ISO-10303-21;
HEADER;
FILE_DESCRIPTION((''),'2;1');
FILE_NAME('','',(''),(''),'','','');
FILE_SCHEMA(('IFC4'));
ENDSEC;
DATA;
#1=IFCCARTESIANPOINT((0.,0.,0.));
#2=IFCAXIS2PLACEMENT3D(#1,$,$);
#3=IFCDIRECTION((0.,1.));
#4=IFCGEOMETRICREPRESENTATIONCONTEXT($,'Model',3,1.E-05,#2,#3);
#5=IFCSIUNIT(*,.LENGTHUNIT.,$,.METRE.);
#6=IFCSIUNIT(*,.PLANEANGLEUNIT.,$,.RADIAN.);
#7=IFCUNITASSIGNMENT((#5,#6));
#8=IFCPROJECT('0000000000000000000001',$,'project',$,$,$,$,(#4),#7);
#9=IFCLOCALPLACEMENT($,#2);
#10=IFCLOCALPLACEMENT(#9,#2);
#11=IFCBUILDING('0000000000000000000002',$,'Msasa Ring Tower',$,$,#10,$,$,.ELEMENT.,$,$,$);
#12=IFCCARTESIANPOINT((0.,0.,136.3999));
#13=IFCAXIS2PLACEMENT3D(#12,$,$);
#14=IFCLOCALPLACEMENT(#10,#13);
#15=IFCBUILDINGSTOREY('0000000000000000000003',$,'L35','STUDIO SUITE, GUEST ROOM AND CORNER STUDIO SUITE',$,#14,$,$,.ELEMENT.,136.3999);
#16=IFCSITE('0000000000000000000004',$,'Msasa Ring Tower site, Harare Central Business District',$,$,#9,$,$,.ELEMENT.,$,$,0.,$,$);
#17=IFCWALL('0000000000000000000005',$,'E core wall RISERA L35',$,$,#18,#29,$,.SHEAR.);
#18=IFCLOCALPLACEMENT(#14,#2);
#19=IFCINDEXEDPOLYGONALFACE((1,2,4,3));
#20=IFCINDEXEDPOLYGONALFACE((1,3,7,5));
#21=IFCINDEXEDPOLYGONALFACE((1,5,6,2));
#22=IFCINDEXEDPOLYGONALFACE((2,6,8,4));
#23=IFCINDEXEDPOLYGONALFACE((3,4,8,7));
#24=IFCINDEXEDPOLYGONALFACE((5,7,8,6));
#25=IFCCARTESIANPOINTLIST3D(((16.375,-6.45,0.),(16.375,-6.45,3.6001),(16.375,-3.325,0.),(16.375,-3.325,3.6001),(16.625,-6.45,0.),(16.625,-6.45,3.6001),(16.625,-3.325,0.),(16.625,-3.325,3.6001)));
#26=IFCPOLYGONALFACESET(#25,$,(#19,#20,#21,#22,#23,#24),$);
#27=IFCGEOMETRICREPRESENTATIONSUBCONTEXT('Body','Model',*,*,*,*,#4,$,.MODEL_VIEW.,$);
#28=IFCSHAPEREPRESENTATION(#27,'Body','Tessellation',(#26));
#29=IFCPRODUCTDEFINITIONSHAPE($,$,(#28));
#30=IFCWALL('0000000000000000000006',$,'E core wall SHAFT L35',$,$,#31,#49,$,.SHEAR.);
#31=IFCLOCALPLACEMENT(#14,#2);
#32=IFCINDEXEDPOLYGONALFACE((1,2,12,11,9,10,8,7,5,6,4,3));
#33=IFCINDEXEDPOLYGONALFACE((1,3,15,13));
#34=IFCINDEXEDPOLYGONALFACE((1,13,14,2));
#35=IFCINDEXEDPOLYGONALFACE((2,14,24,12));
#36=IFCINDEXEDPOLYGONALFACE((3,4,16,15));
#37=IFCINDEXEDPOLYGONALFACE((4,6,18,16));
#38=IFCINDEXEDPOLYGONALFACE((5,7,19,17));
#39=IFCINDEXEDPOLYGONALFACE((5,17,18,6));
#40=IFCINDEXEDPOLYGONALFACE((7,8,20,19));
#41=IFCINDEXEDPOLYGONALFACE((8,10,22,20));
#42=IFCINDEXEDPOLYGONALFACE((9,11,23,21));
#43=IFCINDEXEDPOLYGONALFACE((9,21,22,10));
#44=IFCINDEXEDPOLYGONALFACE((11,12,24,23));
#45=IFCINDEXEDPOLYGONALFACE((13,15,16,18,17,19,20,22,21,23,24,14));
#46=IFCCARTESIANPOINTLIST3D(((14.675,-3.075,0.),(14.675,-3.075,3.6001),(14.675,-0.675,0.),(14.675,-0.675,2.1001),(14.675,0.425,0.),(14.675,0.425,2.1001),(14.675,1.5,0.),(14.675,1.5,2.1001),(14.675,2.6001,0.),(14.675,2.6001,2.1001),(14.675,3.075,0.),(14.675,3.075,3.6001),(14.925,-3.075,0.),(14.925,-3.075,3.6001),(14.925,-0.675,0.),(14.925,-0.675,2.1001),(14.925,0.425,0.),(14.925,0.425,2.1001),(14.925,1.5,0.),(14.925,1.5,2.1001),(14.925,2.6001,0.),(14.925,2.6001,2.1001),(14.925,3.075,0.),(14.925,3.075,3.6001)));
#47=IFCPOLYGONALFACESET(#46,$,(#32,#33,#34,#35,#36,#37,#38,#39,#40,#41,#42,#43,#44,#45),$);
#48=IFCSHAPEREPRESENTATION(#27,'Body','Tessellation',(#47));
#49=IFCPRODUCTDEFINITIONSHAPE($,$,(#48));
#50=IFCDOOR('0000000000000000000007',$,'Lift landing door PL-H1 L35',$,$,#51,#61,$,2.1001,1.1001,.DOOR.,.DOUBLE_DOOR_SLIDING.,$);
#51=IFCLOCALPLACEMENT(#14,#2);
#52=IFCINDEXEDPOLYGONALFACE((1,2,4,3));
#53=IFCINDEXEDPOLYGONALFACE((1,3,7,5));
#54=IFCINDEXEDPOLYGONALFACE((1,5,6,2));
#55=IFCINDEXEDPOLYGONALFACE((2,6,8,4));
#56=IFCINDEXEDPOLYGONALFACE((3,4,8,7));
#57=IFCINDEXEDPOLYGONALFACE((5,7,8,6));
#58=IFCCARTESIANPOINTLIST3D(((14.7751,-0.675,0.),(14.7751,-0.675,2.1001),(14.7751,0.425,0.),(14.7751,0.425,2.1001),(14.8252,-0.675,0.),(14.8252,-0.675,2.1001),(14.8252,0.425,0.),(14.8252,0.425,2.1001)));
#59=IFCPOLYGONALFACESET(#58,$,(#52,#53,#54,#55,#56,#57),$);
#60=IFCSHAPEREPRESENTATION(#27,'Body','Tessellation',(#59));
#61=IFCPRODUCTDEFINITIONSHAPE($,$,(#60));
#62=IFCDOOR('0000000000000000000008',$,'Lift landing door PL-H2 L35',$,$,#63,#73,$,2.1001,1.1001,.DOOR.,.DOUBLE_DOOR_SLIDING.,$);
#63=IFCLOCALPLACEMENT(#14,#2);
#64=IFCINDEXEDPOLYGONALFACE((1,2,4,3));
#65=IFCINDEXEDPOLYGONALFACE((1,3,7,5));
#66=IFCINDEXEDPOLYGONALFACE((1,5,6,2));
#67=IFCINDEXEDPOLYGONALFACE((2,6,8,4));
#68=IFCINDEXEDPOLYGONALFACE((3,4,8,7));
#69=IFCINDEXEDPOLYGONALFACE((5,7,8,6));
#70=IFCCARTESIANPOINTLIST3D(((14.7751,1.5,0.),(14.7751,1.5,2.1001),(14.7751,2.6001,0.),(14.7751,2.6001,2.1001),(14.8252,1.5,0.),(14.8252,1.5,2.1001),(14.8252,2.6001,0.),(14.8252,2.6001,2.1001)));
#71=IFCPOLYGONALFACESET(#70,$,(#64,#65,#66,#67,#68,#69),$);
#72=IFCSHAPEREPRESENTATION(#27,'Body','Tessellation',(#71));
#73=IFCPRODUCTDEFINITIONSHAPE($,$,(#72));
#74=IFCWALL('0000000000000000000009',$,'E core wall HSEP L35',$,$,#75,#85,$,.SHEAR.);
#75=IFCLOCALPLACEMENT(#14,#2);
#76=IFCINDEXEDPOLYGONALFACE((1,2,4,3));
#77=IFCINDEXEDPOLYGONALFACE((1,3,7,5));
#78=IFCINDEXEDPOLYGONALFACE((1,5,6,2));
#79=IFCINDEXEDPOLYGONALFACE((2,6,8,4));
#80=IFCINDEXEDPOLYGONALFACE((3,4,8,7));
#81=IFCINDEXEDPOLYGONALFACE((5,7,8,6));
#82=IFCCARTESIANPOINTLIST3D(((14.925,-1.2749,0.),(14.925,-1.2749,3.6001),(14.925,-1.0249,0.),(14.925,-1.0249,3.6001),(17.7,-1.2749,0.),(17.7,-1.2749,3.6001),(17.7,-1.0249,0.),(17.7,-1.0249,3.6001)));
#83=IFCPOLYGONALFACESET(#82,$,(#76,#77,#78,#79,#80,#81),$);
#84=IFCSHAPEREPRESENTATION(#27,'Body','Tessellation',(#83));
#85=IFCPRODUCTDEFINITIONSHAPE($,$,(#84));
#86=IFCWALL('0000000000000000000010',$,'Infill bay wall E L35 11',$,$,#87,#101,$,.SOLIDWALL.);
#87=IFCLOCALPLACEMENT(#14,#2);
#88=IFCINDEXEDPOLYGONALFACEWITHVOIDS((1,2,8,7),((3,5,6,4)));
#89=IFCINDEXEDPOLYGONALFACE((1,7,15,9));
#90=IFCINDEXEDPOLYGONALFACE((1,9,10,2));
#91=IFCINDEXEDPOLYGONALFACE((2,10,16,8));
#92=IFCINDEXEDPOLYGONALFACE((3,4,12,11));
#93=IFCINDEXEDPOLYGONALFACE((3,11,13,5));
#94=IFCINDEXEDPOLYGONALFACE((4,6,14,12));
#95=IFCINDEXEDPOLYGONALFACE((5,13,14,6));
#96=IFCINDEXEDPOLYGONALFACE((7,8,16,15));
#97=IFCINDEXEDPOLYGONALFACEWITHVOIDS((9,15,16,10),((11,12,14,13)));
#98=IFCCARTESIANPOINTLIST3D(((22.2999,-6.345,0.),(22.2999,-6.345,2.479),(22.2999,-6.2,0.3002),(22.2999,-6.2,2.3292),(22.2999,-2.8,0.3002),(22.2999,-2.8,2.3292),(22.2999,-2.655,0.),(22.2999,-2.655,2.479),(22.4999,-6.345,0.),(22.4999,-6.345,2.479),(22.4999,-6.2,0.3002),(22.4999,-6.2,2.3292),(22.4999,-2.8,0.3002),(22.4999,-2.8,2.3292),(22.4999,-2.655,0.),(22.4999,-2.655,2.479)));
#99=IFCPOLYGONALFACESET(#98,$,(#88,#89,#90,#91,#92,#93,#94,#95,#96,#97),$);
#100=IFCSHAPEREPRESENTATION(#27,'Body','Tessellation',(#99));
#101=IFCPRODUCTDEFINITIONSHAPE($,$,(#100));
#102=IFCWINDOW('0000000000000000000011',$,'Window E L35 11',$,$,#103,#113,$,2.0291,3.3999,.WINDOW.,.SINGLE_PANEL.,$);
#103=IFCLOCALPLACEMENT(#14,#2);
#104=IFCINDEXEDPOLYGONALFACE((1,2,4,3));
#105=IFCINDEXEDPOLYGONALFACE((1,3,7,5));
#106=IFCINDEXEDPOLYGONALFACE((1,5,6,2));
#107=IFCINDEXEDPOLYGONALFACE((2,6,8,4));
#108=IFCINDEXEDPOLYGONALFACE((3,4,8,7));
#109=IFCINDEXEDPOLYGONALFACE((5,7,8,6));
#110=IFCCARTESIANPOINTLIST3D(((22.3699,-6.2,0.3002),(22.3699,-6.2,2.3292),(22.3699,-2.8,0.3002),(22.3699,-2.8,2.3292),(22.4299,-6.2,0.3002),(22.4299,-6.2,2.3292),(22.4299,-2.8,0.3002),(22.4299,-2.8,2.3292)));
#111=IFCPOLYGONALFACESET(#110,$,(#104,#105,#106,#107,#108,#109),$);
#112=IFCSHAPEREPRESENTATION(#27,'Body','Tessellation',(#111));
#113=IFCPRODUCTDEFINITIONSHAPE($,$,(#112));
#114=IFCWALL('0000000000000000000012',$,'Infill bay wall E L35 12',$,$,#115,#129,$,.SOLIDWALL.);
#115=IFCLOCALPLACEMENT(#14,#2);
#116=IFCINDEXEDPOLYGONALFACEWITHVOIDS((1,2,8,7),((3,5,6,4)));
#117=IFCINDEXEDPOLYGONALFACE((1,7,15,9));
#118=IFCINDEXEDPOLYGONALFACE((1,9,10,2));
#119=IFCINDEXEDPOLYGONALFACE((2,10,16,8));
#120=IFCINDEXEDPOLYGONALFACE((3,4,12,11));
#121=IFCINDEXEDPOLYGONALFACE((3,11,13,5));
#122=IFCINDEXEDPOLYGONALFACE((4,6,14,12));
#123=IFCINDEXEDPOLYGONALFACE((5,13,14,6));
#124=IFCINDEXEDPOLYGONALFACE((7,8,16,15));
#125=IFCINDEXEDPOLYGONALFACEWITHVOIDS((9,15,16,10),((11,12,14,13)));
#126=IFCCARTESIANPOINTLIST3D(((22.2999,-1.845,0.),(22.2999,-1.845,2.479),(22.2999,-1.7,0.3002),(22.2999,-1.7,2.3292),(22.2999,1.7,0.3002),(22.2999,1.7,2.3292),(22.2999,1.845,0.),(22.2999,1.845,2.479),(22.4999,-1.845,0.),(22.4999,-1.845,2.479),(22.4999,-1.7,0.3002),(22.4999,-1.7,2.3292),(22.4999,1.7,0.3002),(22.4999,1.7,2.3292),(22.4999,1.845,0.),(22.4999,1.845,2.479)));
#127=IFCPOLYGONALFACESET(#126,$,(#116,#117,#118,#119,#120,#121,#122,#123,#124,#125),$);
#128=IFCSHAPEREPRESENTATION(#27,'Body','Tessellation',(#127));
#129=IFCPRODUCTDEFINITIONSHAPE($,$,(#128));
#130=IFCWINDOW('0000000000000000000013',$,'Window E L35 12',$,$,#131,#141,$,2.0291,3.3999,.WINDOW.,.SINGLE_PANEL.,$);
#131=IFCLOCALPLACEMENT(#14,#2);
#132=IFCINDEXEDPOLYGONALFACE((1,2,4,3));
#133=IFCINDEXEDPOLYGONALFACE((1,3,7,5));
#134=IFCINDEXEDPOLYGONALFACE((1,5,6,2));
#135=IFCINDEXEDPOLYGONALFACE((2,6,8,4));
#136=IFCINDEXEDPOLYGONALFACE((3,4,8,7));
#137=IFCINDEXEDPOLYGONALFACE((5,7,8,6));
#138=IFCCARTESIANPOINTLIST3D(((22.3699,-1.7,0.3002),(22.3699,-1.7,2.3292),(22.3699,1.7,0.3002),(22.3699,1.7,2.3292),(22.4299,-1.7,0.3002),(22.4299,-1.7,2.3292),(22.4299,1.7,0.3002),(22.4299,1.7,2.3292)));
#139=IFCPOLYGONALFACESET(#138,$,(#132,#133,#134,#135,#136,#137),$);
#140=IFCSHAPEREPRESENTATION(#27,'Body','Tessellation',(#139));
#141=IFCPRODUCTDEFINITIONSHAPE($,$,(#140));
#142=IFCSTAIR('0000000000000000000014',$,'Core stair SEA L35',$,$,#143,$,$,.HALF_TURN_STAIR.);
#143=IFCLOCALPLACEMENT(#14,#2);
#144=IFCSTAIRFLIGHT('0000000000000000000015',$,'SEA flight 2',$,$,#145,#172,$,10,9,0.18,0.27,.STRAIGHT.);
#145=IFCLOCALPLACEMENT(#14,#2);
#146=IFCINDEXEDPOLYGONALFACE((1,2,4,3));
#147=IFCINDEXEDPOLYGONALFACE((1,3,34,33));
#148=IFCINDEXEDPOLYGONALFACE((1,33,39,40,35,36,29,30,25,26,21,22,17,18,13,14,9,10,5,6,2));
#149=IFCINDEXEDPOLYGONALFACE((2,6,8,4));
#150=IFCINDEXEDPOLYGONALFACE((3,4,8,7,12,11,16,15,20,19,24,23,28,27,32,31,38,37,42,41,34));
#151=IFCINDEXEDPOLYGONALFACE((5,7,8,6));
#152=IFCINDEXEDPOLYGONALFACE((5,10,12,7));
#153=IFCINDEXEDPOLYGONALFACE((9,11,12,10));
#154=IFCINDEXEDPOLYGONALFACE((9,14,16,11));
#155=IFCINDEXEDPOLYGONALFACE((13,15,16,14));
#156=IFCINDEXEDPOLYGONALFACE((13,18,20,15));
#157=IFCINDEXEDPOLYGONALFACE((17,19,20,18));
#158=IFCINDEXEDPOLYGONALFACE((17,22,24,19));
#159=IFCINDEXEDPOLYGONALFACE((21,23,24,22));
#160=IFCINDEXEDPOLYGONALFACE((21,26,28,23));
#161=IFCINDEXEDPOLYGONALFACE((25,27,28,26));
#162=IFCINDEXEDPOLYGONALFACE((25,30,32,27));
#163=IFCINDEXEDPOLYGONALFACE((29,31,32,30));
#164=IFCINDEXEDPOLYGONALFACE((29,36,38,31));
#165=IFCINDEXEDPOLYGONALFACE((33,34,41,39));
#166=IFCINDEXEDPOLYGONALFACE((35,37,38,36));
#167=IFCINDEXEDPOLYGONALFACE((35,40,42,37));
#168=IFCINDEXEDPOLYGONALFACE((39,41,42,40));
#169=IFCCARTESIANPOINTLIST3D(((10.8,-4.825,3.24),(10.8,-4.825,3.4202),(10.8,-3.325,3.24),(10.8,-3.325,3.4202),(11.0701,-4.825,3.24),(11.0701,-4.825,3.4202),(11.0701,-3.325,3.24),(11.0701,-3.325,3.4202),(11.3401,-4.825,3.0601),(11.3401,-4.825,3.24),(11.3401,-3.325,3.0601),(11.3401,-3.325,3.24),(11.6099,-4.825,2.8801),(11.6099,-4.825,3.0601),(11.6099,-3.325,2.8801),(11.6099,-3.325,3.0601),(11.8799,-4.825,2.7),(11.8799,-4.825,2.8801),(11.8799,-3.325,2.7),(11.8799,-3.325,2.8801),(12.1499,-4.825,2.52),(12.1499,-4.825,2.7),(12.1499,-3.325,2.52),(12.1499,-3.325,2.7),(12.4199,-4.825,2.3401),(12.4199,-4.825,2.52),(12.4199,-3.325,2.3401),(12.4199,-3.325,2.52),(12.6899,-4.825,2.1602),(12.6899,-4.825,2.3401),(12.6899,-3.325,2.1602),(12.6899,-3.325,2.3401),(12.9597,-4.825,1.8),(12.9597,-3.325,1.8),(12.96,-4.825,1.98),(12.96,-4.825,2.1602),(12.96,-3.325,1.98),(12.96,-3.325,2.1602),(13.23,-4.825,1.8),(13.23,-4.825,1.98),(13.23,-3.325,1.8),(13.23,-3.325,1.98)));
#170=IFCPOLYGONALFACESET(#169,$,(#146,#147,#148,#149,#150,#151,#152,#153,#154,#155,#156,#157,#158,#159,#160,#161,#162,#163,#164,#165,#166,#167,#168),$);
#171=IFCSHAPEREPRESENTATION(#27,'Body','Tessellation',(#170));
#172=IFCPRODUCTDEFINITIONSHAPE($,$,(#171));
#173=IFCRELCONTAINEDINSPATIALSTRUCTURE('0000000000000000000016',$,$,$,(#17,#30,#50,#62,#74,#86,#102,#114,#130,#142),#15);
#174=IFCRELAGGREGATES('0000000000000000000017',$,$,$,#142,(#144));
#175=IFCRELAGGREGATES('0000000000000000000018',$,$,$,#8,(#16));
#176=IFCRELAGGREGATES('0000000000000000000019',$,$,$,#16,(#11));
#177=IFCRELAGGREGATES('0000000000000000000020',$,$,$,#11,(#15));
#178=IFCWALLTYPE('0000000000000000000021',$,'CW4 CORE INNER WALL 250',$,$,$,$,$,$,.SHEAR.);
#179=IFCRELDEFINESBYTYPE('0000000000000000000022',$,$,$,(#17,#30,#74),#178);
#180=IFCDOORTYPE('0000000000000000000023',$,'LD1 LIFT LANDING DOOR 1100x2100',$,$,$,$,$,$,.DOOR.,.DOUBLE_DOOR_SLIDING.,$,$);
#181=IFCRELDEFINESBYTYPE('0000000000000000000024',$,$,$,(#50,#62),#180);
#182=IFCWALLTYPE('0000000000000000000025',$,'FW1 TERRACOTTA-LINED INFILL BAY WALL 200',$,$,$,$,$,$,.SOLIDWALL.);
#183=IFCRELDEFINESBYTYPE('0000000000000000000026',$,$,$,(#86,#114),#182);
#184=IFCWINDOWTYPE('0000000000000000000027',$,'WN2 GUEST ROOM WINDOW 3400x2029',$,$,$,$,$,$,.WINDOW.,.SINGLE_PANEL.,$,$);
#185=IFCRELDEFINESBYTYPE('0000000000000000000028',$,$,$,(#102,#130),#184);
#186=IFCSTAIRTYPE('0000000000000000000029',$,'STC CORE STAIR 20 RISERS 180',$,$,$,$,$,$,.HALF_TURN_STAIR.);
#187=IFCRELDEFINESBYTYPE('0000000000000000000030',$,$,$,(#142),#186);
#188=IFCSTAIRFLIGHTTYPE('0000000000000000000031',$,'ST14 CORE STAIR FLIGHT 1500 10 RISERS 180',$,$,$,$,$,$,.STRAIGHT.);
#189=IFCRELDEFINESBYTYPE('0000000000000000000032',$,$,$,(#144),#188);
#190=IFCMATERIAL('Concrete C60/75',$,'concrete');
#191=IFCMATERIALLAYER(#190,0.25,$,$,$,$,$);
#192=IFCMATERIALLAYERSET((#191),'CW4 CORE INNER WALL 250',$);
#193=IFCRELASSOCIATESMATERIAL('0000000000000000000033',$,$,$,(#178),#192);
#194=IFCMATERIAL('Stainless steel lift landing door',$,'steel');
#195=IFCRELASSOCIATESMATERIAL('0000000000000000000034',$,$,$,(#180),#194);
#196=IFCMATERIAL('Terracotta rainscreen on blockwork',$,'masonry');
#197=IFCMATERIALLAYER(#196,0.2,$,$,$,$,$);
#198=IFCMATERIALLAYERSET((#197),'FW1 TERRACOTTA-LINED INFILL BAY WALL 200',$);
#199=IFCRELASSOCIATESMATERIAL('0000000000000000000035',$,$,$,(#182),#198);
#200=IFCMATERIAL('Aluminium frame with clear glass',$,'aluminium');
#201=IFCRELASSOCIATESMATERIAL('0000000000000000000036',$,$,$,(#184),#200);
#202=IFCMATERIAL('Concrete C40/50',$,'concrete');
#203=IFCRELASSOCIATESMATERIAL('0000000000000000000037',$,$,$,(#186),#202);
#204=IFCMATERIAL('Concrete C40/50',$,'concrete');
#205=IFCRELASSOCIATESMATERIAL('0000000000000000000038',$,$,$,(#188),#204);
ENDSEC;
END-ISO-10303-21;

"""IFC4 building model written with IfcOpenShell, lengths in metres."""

from ifc_helpers import new_model, si_unit, direction, frame, frame_2d, origin, place, context, subcontext, project, spatial, polyline, rectangle, outline, extrude, material, layer, layer_set, type_object, element, fill, aggregate, save


model = new_model("IFC4")

# Units and contexts
model_context = context("Model", 3, precision=1e-05, world=origin(), true_north=direction((0.0, 1.0)))
body_context = subcontext(model_context, "Body", "Model", "MODEL_VIEW")
ifc_project = project(units=[si_unit("LENGTHUNIT", "METRE"), si_unit("PLANEANGLEUNIT", "RADIAN")], contexts=[model_context])

# Site, building, storey
site_placement = place(None, origin())
site = spatial("IfcSite", under=ifc_project, at=site_placement, Name="Msasa Ring Tower site, Harare Central Business District", CompositionType="ELEMENT", RefElevation=0.0)
building_placement = place(site_placement, origin())
building = spatial("IfcBuilding", under=site, at=building_placement, Name="Msasa Ring Tower", CompositionType="ELEMENT")
storey_placement = place(building_placement, frame((0.0, 0.0, 136.3999)))
storey = spatial("IfcBuildingStorey", under=building, at=storey_placement, Name="L35", Description="STUDIO SUITE, GUEST ROOM AND CORNER STUDIO SUITE", CompositionType="ELEMENT", Elevation=136.3999)

# Wall
ifc_material_1 = material(Name="Concrete C60/75", Category="concrete")
ifc_layer_1 = layer(ifc_material_1, 0.25)
ifc_layer_set_1 = layer_set([ifc_layer_1], Name="CW4 CORE INNER WALL 250")
wall_type_1 = type_object("IfcWallType", Name="CW4 CORE INNER WALL 250", PredefinedType="SHEAR", material=ifc_layer_set_1)
wall_1_placement = place(storey_placement, frame((16.5, -6.45, 0.0), z_axis=(0.0, 0.0, 1.0), x_axis=(0.0, 1.0, 0.0)))
element("IfcWall", 1, at=wall_1_placement, inside=storey, type_object=wall_type_1, Name="E core wall RISERA L35", PredefinedType="SHEAR", context=body_context, shape_type="SweptSolid", body=[
    extrude(rectangle(XDim=3.125, YDim=0.25, at=frame_2d((1.5625, 0.0))), origin(), (0.0, 0.0, 1.0), 3.6001),
])

# Wall, openings, doors
wall_2_placement = place(storey_placement, frame((14.8, -3.075, 0.0), z_axis=(0.0, 0.0, 1.0), x_axis=(0.0, 1.0, 0.0)))
wall_2 = element("IfcWall", 2, at=wall_2_placement, inside=storey, type_object=wall_type_1, Name="E core wall SHAFT L35", PredefinedType="SHEAR", context=body_context, shape_type="SweptSolid", body=[
    extrude(rectangle(XDim=6.1499, YDim=0.25, at=frame_2d((3.075, 0.0))), origin(), (0.0, 0.0, 1.0), 3.6001),
])
opening_1_placement = place(wall_2_placement, frame((2.3999, 0.0, 0.0)))
opening_1 = element("IfcOpeningElement", 3, at=opening_1_placement, cuts=wall_2, PredefinedType="OPENING", context=body_context, shape_type="SweptSolid", body=[
    extrude(rectangle(XDim=1.1001, YDim=2.1001, at=frame_2d((0.55, 1.05))), frame((0.0, 0.135, 0.0), z_axis=(0.0, -1.0, 0.0), x_axis=(1.0, 0.0, 0.0)), (0.0, 0.0, 1.0), 0.27),
])
opening_2_placement = place(wall_2_placement, frame((4.575, 0.0, 0.0)))
opening_2 = element("IfcOpeningElement", 4, at=opening_2_placement, cuts=wall_2, PredefinedType="OPENING", context=body_context, shape_type="SweptSolid", body=[
    extrude(rectangle(XDim=1.1001, YDim=2.1001, at=frame_2d((0.55, 1.05))), frame((0.0, 0.135, 0.0), z_axis=(0.0, -1.0, 0.0), x_axis=(1.0, 0.0, 0.0)), (0.0, 0.0, 1.0), 0.27),
])
ifc_material_2 = material(Name="Stainless steel lift landing door", Category="steel")
door_type = type_object("IfcDoorType", Name="LD1 LIFT LANDING DOOR 1100x2100", OperationType="DOUBLE_DOOR_SLIDING", PredefinedType="DOOR", material=ifc_material_2)
door_1_placement = place(opening_1_placement, origin())
door_1 = element("IfcDoor", 5, at=door_1_placement, inside=storey, type_object=door_type, Name="Lift landing door PL-H1 L35", OperationType="DOUBLE_DOOR_SLIDING", OverallHeight=2.1001, OverallWidth=1.1001, PredefinedType="DOOR", context=body_context, shape_type="SweptSolid", body=[
    extrude(rectangle(XDim=1.1001, YDim=2.1001, at=frame_2d((0.55, 1.05))), frame((0.0, 0.0249, 0.0), z_axis=(0.0, -1.0, 0.0), x_axis=(1.0, 0.0, 0.0)), (0.0, 0.0, 1.0), 0.05),
])
fill(opening_1, door_1)
door_2_placement = place(opening_2_placement, origin())
door_2 = element("IfcDoor", 6, at=door_2_placement, inside=storey, type_object=door_type, Name="Lift landing door PL-H2 L35", OperationType="DOUBLE_DOOR_SLIDING", OverallHeight=2.1001, OverallWidth=1.1001, PredefinedType="DOOR", context=body_context, shape_type="SweptSolid", body=[
    extrude(rectangle(XDim=1.1001, YDim=2.1001, at=frame_2d((0.55, 1.05))), frame((0.0, 0.0249, 0.0), z_axis=(0.0, -1.0, 0.0), x_axis=(1.0, 0.0, 0.0)), (0.0, 0.0, 1.0), 0.05),
])
fill(opening_2, door_2)

# Wall
wall_3_placement = place(storey_placement, frame((14.925, -1.1499, 0.0), z_axis=(0.0, 0.0, 1.0), x_axis=(1.0, 0.0, 0.0)))
element("IfcWall", 7, at=wall_3_placement, inside=storey, type_object=wall_type_1, Name="E core wall HSEP L35", PredefinedType="SHEAR", context=body_context, shape_type="SweptSolid", body=[
    extrude(rectangle(XDim=2.7749, YDim=0.25, at=frame_2d((1.3875, 0.0))), origin(), (0.0, 0.0, 1.0), 3.6001),
])

# Walls, openings, windows
ifc_material_3 = material(Name="Terracotta rainscreen on blockwork", Category="masonry")
ifc_layer_2 = layer(ifc_material_3, 0.2)
ifc_layer_set_2 = layer_set([ifc_layer_2], Name="FW1 TERRACOTTA-LINED INFILL BAY WALL 200")
wall_type_2 = type_object("IfcWallType", Name="FW1 TERRACOTTA-LINED INFILL BAY WALL 200", PredefinedType="SOLIDWALL", material=ifc_layer_set_2)
wall_4_placement = place(storey_placement, frame((22.3999, -6.345, 0.0), z_axis=(0.0, 0.0, 1.0), x_axis=(0.0, 1.0, 0.0)))
wall_4 = element("IfcWall", 8, at=wall_4_placement, inside=storey, type_object=wall_type_2, Name="Infill bay wall E L35 11", PredefinedType="SOLIDWALL", context=body_context, shape_type="SweptSolid", body=[
    extrude(rectangle(XDim=3.6899, YDim=0.2, at=frame_2d((1.845, 0.0))), origin(), (0.0, 0.0, 1.0), 2.479),
])
opening_3_placement = place(wall_4_placement, frame((0.145, 0.0, 0.3)))
opening_3 = element("IfcOpeningElement", 9, at=opening_3_placement, cuts=wall_4, PredefinedType="OPENING", context=body_context, shape_type="SweptSolid", body=[
    extrude(rectangle(XDim=3.3999, YDim=2.0291, at=frame_2d((1.7, 1.0146))), frame((0.0, 0.1099, 0.0), z_axis=(0.0, -1.0, 0.0), x_axis=(1.0, 0.0, 0.0)), (0.0, 0.0, 1.0), 0.22),
])
ifc_material_4 = material(Name="Aluminium frame with clear glass", Category="aluminium")
window_type = type_object("IfcWindowType", Name="WN2 GUEST ROOM WINDOW 3400x2029", PartitioningType="SINGLE_PANEL", PredefinedType="WINDOW", material=ifc_material_4)
window_1_placement = place(opening_3_placement, origin())
window_1 = element("IfcWindow", 10, at=window_1_placement, inside=storey, type_object=window_type, Name="Window E L35 11", OverallHeight=2.0291, OverallWidth=3.3999, PartitioningType="SINGLE_PANEL", PredefinedType="WINDOW", context=body_context, shape_type="SweptSolid", body=[
    extrude(rectangle(XDim=3.3999, YDim=2.0291, at=frame_2d((1.7, 1.0146))), frame((0.0, 0.03, 0.0), z_axis=(0.0, -1.0, 0.0), x_axis=(1.0, 0.0, 0.0)), (0.0, 0.0, 1.0), 0.0601),
])
fill(opening_3, window_1)
wall_5_placement = place(storey_placement, frame((22.3999, -1.845, 0.0), z_axis=(0.0, 0.0, 1.0), x_axis=(0.0, 1.0, 0.0)))
wall_5 = element("IfcWall", 11, at=wall_5_placement, inside=storey, type_object=wall_type_2, Name="Infill bay wall E L35 12", PredefinedType="SOLIDWALL", context=body_context, shape_type="SweptSolid", body=[
    extrude(rectangle(XDim=3.6899, YDim=0.2, at=frame_2d((1.845, 0.0))), origin(), (0.0, 0.0, 1.0), 2.479),
])
opening_4_placement = place(wall_5_placement, frame((0.145, 0.0, 0.3)))
opening_4 = element("IfcOpeningElement", 12, at=opening_4_placement, cuts=wall_5, PredefinedType="OPENING", context=body_context, shape_type="SweptSolid", body=[
    extrude(rectangle(XDim=3.3999, YDim=2.0291, at=frame_2d((1.7, 1.0146))), frame((0.0, 0.1099, 0.0), z_axis=(0.0, -1.0, 0.0), x_axis=(1.0, 0.0, 0.0)), (0.0, 0.0, 1.0), 0.22),
])
window_2_placement = place(opening_4_placement, origin())
window_2 = element("IfcWindow", 13, at=window_2_placement, inside=storey, type_object=window_type, Name="Window E L35 12", OverallHeight=2.0291, OverallWidth=3.3999, PartitioningType="SINGLE_PANEL", PredefinedType="WINDOW", context=body_context, shape_type="SweptSolid", body=[
    extrude(rectangle(XDim=3.3999, YDim=2.0291, at=frame_2d((1.7, 1.0146))), frame((0.0, 0.03, 0.0), z_axis=(0.0, -1.0, 0.0), x_axis=(1.0, 0.0, 0.0)), (0.0, 0.0, 1.0), 0.0601),
])
fill(opening_4, window_2)

# Stair, stair flight
ifc_material_5 = material(Name="Concrete C40/50", Category="concrete")
stair_type = type_object("IfcStairType", Name="STC CORE STAIR 20 RISERS 180", PredefinedType="HALF_TURN_STAIR", material=ifc_material_5)
stair_placement = place(storey_placement, origin())
stair = element("IfcStair", 14, at=stair_placement, inside=storey, type_object=stair_type, Name="Core stair SEA L35", PredefinedType="HALF_TURN_STAIR")
ifc_material_6 = material(Name="Concrete C40/50", Category="concrete")
stair_flight_type = type_object("IfcStairFlightType", Name="ST14 CORE STAIR FLIGHT 1500 10 RISERS 180", PredefinedType="STRAIGHT", material=ifc_material_6)
stair_flight_placement = place(storey_placement, frame((13.23, -4.075, 1.8), z_axis=(0.0, 0.0, 1.0), x_axis=(-1.0, 0.0, 0.0)))
stair_flight = element("IfcStairFlight", 15, at=stair_flight_placement, type_object=stair_flight_type, Name="SEA flight 2", NumberOfRisers=10, NumberOfTreads=9, PredefinedType="STRAIGHT", RiserHeight=0.18, TreadLength=0.27, context=body_context, shape_type="SweptSolid", body=[
    extrude(outline(polyline([(0.0, 0.0), (0.0, 0.1799), (0.27, 0.1799), (0.27, 0.3601), (0.54, 0.3601), (0.54, 0.54), (0.8101, 0.54), (0.8101, 0.72), (1.0801, 0.72), (1.0801, 0.8999), (1.3501, 0.8999), (1.3501, 1.0801), (1.6201, 1.0801), (1.6201, 1.26), (1.8899, 1.26), (1.8899, 1.4399), (2.1599, 1.4399), (2.1599, 1.6201), (2.4299, 1.6201), (2.4299, 1.8), (2.4299, 1.4399), (0.2703, 0.0), (0.0, 0.0)])), frame((0.0, 0.75, 0.0), z_axis=(0.0, -1.0, 0.0), x_axis=(1.0, 0.0, 0.0)), (0.0, 0.0, 1.0), 1.5),
])
aggregate(stair, [stair_flight])

save(model, "model.ifc")
